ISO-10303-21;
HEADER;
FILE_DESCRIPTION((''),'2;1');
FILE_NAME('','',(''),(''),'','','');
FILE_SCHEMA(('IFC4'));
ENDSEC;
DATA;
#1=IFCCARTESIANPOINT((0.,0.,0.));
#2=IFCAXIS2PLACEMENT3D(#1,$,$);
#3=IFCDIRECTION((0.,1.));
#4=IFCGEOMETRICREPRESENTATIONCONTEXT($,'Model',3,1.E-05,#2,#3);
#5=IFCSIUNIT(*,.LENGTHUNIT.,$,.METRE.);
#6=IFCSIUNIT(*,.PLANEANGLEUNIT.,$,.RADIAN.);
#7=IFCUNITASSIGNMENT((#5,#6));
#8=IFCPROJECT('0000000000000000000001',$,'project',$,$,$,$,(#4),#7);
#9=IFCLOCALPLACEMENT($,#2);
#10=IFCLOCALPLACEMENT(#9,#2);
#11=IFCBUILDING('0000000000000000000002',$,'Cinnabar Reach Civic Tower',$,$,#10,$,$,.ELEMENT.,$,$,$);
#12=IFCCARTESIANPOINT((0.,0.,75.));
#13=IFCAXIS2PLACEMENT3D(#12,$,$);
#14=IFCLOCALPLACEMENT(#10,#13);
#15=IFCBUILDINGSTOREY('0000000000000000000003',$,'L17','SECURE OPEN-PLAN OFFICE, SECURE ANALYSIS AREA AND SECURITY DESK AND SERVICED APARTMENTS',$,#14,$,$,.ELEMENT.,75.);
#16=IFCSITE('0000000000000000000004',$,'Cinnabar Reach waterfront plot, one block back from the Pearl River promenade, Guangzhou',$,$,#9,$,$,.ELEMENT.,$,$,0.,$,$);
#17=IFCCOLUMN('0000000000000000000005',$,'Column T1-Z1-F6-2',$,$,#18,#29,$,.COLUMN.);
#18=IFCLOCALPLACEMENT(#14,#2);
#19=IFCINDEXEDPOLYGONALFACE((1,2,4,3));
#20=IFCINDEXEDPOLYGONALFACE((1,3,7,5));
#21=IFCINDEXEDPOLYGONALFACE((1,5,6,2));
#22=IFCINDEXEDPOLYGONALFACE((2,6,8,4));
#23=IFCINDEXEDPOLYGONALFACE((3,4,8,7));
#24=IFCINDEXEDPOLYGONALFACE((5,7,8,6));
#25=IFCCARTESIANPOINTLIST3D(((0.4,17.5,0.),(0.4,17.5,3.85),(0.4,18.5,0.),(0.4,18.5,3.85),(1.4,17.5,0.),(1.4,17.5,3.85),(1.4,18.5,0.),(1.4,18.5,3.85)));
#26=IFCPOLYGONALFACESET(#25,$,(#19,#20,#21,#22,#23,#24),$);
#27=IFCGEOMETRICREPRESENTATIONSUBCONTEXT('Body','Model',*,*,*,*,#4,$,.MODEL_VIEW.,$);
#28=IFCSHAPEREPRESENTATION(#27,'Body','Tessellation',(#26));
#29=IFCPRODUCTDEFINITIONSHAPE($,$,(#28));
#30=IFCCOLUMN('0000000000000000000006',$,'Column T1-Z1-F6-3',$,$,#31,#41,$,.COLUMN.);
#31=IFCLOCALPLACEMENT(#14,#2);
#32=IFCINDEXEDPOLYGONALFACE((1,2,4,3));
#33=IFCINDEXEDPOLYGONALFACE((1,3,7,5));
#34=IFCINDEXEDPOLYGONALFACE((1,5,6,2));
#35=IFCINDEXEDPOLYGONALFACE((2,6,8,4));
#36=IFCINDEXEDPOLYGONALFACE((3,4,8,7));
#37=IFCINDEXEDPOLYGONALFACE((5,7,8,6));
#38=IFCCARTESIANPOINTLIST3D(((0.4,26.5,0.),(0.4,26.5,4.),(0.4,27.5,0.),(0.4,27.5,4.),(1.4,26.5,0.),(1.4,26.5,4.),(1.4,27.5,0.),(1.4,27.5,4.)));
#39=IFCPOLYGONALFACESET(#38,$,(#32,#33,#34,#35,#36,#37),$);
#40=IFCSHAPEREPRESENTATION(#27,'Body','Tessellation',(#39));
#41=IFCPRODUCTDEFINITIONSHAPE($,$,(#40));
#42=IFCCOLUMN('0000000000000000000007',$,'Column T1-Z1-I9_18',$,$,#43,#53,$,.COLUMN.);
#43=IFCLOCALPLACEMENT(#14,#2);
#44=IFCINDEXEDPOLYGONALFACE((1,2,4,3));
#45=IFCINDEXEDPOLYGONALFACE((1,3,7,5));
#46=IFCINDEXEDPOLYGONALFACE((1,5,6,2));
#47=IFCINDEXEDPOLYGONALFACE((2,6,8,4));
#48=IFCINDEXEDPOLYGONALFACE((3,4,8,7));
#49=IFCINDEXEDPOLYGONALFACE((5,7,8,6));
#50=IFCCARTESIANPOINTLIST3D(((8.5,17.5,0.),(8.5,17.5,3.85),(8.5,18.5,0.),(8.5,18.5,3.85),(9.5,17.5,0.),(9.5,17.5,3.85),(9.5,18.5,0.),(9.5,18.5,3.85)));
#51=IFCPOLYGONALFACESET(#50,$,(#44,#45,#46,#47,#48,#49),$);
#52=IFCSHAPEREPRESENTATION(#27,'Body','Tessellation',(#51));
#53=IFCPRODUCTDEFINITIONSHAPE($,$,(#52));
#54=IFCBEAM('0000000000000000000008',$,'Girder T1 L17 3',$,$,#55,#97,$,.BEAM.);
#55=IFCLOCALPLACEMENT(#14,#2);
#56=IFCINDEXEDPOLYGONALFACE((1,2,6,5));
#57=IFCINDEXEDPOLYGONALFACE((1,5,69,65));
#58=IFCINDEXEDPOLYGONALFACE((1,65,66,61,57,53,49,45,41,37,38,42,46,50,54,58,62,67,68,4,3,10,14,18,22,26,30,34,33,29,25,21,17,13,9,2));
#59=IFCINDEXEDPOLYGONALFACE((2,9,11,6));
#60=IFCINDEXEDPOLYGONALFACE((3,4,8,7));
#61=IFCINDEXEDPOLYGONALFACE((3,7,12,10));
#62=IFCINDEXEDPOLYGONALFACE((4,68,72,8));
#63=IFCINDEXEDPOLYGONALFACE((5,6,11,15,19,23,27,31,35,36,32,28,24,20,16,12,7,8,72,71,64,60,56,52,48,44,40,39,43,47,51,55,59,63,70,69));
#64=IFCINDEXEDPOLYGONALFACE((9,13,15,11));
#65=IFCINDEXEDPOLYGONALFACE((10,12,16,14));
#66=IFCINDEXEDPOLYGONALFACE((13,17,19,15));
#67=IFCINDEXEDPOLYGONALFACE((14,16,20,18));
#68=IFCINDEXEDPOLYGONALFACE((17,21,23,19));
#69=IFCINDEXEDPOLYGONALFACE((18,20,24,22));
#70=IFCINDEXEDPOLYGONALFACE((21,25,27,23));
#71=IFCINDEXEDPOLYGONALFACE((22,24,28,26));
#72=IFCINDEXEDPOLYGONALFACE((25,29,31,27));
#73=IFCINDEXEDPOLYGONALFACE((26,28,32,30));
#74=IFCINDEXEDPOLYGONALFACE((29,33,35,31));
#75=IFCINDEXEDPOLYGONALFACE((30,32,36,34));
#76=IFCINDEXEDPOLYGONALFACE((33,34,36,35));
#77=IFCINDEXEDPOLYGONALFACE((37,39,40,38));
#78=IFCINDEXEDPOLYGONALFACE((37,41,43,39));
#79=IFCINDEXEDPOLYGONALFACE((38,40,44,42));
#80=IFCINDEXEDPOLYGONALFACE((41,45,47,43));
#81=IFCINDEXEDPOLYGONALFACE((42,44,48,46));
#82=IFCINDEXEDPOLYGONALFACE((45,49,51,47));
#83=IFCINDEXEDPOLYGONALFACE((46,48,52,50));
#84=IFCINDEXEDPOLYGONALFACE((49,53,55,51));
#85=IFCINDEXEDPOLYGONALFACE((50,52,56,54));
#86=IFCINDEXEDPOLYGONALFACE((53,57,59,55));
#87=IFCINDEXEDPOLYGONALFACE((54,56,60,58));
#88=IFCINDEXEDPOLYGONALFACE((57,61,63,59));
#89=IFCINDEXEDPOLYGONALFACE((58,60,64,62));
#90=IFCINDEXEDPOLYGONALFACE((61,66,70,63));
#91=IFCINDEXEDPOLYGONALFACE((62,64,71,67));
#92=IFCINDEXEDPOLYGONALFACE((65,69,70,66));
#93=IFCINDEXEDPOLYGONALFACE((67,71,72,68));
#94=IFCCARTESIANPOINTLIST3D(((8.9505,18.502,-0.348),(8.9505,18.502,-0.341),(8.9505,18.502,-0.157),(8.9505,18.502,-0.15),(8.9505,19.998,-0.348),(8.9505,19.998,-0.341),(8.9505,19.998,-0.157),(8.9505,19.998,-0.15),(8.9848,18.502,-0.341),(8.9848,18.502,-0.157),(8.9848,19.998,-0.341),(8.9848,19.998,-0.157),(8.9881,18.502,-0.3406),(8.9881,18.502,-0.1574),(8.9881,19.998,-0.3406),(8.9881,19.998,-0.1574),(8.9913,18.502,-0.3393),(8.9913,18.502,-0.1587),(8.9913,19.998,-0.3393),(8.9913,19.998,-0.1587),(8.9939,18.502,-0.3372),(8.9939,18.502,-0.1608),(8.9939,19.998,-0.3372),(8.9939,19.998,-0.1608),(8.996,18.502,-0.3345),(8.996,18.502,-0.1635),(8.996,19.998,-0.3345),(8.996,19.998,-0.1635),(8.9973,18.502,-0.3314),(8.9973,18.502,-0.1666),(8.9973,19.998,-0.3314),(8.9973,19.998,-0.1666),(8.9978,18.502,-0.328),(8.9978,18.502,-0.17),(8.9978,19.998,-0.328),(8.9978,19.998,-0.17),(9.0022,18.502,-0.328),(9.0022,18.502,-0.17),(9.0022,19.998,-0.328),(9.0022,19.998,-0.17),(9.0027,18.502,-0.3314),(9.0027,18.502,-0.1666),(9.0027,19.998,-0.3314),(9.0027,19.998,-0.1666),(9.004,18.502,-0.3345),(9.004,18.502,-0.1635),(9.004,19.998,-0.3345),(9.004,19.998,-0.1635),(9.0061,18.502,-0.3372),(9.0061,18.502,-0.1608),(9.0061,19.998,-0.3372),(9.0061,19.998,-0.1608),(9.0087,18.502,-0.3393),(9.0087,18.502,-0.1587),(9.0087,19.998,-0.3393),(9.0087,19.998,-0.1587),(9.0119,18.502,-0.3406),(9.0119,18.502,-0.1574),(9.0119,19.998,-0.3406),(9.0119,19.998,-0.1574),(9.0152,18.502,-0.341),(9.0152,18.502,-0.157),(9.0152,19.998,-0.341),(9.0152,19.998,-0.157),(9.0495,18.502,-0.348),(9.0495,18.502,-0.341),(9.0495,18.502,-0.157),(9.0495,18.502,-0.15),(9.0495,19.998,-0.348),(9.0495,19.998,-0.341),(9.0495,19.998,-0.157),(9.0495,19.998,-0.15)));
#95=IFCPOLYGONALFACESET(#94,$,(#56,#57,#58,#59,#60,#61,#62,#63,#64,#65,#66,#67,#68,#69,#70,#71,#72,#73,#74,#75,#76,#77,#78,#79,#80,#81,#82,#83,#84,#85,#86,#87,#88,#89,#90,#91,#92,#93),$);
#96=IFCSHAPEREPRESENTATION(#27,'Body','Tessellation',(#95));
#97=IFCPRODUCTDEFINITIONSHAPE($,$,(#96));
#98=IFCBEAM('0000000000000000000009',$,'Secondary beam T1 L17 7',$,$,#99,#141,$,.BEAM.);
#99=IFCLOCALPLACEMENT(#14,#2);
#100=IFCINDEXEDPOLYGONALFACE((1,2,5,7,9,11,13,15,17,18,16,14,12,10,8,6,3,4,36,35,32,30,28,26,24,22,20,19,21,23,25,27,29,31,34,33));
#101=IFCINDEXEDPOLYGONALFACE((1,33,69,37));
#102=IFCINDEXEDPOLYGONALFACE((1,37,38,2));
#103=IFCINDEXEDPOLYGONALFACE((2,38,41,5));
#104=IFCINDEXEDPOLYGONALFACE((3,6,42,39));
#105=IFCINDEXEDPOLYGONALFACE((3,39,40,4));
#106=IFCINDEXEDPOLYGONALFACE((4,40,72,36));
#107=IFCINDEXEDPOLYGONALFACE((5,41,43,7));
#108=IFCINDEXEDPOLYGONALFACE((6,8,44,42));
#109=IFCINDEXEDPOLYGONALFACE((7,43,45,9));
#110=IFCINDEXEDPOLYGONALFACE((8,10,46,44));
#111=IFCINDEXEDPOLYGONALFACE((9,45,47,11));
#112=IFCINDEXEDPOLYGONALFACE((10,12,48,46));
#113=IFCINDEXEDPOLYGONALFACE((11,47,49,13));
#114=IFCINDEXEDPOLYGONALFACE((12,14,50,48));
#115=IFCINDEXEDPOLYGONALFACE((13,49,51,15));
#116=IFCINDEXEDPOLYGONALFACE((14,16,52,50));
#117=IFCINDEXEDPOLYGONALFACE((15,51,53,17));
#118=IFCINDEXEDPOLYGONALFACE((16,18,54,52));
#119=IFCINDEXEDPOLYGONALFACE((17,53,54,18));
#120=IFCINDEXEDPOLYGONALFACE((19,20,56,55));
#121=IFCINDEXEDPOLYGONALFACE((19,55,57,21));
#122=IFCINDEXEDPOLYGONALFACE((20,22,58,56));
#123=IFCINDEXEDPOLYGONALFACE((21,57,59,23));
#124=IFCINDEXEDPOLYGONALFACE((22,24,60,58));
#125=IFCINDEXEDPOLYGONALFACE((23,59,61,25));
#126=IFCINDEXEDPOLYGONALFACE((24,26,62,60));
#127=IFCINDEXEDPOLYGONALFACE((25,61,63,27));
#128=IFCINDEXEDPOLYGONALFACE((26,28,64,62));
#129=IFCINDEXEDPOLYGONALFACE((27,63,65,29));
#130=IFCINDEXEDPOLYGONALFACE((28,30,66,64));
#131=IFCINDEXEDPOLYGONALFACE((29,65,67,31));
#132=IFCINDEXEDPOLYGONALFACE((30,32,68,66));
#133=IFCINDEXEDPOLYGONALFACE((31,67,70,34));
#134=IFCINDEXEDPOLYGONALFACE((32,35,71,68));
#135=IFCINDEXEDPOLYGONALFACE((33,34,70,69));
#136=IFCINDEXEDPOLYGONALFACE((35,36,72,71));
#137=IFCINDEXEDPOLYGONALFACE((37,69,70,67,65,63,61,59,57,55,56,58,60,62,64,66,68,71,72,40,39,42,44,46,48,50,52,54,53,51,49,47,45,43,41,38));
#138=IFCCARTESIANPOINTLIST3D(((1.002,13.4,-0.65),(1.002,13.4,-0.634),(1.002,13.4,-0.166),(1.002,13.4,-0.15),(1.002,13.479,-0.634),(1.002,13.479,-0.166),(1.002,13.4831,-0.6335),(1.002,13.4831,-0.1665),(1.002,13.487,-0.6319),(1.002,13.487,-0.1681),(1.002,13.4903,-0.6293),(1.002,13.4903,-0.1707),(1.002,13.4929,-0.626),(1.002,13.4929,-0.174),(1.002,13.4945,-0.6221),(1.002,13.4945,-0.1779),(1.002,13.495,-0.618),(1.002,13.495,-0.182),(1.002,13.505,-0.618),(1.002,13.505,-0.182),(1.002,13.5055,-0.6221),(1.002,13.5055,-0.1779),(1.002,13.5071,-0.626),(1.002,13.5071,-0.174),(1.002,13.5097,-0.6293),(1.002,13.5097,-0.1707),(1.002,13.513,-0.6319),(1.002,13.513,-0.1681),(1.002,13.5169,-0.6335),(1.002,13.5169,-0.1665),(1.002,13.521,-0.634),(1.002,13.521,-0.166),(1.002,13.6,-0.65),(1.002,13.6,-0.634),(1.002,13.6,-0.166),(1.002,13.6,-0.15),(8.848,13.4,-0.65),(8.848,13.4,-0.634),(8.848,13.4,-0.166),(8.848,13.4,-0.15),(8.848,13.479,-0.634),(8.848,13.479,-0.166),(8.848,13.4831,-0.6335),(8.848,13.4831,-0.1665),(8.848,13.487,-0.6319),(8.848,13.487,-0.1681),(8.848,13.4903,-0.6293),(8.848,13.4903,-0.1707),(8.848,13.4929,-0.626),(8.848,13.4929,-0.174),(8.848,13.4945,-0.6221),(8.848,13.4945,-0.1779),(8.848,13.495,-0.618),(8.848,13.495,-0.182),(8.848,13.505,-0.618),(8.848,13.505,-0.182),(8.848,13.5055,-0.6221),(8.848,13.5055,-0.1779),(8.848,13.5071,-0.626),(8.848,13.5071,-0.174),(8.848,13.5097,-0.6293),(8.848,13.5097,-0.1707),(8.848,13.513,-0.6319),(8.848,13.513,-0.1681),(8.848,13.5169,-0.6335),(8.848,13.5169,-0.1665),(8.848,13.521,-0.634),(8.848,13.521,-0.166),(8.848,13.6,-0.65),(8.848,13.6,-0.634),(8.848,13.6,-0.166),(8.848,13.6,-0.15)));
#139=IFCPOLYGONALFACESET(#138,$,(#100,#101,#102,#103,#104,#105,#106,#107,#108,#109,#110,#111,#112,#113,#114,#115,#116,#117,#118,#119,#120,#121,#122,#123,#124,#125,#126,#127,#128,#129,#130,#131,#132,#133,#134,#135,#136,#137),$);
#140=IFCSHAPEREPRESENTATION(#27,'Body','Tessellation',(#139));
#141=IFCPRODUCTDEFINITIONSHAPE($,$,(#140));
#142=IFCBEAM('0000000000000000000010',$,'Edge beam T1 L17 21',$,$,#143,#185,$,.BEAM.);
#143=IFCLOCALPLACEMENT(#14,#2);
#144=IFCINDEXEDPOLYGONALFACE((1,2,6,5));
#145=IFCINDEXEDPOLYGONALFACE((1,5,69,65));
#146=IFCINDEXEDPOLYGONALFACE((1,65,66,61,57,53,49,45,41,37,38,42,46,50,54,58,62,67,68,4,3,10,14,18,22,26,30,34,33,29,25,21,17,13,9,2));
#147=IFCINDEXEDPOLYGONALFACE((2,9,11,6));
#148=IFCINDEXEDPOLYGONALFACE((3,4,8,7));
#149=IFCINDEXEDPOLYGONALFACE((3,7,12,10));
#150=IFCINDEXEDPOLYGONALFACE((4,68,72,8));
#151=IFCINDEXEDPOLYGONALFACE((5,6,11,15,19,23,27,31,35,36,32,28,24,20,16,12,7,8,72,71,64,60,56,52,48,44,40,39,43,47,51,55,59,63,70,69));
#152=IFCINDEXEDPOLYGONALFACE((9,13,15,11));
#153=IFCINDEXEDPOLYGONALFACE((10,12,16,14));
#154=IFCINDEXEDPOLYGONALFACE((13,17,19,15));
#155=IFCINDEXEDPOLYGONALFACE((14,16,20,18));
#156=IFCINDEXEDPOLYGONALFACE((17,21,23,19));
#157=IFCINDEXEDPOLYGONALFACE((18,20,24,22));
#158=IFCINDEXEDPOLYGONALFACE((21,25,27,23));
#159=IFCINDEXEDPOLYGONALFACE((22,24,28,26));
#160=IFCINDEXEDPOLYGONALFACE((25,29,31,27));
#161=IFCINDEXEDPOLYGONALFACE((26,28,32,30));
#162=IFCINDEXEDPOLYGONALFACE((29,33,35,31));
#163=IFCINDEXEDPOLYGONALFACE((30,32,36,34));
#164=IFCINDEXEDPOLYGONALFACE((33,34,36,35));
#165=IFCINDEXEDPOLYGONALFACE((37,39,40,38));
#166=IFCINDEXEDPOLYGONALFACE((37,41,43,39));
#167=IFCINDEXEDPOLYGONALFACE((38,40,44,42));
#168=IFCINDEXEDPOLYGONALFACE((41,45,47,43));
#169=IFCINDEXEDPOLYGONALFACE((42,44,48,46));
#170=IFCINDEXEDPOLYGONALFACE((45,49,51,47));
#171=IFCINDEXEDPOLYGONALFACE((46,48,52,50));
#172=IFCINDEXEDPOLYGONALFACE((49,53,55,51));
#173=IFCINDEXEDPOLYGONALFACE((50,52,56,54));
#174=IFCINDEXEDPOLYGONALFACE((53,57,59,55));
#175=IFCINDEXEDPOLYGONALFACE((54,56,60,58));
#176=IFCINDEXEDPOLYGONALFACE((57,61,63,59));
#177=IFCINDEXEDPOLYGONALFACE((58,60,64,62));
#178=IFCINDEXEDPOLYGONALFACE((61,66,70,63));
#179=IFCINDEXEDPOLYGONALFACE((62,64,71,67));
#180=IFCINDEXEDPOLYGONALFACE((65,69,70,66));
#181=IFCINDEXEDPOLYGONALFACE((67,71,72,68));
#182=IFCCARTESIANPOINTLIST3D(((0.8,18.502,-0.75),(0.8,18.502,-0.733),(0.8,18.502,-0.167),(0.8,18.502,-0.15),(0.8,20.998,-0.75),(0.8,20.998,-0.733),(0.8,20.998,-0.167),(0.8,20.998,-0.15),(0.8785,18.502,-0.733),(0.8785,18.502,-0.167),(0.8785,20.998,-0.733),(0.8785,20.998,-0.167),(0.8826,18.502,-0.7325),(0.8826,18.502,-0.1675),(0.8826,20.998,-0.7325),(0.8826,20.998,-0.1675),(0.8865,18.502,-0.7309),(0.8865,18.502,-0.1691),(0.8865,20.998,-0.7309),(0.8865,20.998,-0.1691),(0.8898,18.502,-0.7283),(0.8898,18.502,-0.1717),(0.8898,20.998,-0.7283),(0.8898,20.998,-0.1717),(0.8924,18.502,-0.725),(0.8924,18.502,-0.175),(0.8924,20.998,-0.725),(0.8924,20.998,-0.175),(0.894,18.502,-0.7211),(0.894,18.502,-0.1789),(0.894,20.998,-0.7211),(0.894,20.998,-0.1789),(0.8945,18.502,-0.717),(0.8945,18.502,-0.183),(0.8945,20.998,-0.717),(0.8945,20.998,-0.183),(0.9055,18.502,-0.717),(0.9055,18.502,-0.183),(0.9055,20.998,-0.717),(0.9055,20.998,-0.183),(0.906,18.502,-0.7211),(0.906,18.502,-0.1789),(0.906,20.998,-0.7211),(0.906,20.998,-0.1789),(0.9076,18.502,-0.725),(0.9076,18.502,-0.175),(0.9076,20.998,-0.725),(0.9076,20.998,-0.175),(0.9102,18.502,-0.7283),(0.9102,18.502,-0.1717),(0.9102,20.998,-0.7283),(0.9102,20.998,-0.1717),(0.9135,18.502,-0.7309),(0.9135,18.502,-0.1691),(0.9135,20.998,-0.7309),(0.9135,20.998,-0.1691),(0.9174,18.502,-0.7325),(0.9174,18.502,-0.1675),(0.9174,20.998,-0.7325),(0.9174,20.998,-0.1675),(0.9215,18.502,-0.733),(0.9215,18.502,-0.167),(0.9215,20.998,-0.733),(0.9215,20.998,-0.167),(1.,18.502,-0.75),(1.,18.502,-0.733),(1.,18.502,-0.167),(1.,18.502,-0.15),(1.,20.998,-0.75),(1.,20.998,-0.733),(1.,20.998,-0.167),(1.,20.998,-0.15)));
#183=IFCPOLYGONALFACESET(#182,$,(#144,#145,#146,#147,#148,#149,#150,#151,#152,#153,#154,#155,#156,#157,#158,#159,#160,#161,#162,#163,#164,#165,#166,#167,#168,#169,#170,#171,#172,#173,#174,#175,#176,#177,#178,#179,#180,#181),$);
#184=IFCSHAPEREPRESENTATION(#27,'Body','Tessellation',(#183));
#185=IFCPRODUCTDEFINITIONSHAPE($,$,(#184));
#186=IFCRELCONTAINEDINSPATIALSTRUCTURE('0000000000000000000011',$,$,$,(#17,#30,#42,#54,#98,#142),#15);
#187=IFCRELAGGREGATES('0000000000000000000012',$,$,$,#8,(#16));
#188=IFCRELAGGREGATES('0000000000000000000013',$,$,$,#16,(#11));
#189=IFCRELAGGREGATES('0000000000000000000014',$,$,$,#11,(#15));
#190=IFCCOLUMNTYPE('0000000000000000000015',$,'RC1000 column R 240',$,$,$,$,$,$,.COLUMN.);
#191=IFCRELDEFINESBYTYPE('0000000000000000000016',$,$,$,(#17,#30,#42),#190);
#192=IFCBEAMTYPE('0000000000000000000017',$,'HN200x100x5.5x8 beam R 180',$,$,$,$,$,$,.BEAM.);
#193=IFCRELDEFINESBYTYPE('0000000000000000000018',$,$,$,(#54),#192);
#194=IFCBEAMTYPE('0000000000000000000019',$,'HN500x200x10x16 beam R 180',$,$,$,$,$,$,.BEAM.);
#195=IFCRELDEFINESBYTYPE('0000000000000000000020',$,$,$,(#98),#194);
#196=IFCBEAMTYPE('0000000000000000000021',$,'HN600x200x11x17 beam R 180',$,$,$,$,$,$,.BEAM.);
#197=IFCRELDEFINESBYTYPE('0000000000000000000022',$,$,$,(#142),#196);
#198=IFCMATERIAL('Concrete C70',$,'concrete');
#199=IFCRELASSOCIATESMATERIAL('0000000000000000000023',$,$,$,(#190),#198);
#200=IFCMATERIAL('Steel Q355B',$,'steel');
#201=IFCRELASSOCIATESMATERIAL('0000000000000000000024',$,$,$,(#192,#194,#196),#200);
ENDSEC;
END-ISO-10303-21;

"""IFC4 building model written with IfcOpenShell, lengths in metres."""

from ifc_helpers import new_model, si_unit, direction, frame, origin, origin_2d, place, context, subcontext, project, spatial, rectangle, i_section, extrude, material, material_profile, profile_set, type_object, element, save


model = new_model("IFC4")

# Units and contexts
model_context = context("Model", 3, precision=1e-05, world=origin(), true_north=direction((0.0, 1.0)))
body_context = subcontext(model_context, "Body", "Model", "MODEL_VIEW")
ifc_project = project(units=[si_unit("LENGTHUNIT", "METRE"), si_unit("PLANEANGLEUNIT", "RADIAN")], contexts=[model_context])

# Site, building, storey
site_placement = place(None, origin())
site = spatial("IfcSite", under=ifc_project, at=site_placement, Name="Cinnabar Reach waterfront plot, one block back from the Pearl River promenade, Guangzhou", CompositionType="ELEMENT", RefElevation=0.0)
building_placement = place(site_placement, origin())
building = spatial("IfcBuilding", under=site, at=building_placement, Name="Cinnabar Reach Civic Tower", CompositionType="ELEMENT")
storey_placement = place(building_placement, frame((0.0, 0.0, 75.0)))
storey = spatial("IfcBuildingStorey", under=building, at=storey_placement, Name="L17", Description="SECURE OPEN-PLAN OFFICE, SECURE ANALYSIS AREA AND SECURITY DESK AND SERVICED APARTMENTS", CompositionType="ELEMENT", Elevation=75.0)

# Columns
ifc_material_1 = material(Name="Concrete C70", Category="concrete")
ifc_material_profile_1 = material_profile(ifc_material_1, rectangle(XDim=1.0, YDim=1.0, at=origin_2d()), Name="RC1000")
ifc_profile_set_1 = profile_set([ifc_material_profile_1], Name="Concrete C70")
column_type = type_object("IfcColumnType", Name="RC1000 column R 240", PredefinedType="COLUMN", material=ifc_profile_set_1)
column_1_placement = place(storey_placement, frame((0.9, 18.0, 0.0), z_axis=(0.0, 0.0, 1.0), x_axis=(1.0, 0.0, 0.0)))
element("IfcColumn", 1, at=column_1_placement, inside=storey, type_object=column_type, Name="Column T1-Z1-F6-2", PredefinedType="COLUMN", context=body_context, shape_type="SweptSolid", body=[
    extrude(rectangle(XDim=1.0, YDim=1.0, at=origin_2d()), origin(), (0.0, 0.0, 1.0), 3.85),
])
column_2_placement = place(storey_placement, frame((0.9, 27.0, 0.0), z_axis=(0.0, 0.0, 1.0), x_axis=(1.0, 0.0, 0.0)))
element("IfcColumn", 2, at=column_2_placement, inside=storey, type_object=column_type, Name="Column T1-Z1-F6-3", PredefinedType="COLUMN", context=body_context, shape_type="SweptSolid", body=[
    extrude(rectangle(XDim=1.0, YDim=1.0, at=origin_2d()), origin(), (0.0, 0.0, 1.0), 4.0),
])
column_3_placement = place(storey_placement, frame((9.0, 18.0, 0.0), z_axis=(0.0, 0.0, 1.0), x_axis=(1.0, 0.0, 0.0)))
element("IfcColumn", 3, at=column_3_placement, inside=storey, type_object=column_type, Name="Column T1-Z1-I9_18", PredefinedType="COLUMN", context=body_context, shape_type="SweptSolid", body=[
    extrude(rectangle(XDim=1.0, YDim=1.0, at=origin_2d()), origin(), (0.0, 0.0, 1.0), 3.85),
])

# Beams
ifc_material_2 = material(Name="Steel Q355B", Category="steel")
ifc_material_profile_2 = material_profile(ifc_material_2, i_section(OverallWidth=0.099, OverallDepth=0.198, WebThickness=0.0045, FlangeThickness=0.007, FilletRadius=0.013, at=origin_2d()), Name="HN200x100x5.5x8")
ifc_profile_set_2 = profile_set([ifc_material_profile_2], Name="Steel Q355B")
beam_type_1 = type_object("IfcBeamType", Name="HN200x100x5.5x8 beam R 180", PredefinedType="BEAM", material=ifc_profile_set_2)
beam_1_placement = place(storey_placement, frame((9.0, 18.502, -0.249), z_axis=(0.0, 1.0, 0.0), x_axis=(-1.0, 0.0, 0.0)))
element("IfcBeam", 4, at=beam_1_placement, inside=storey, type_object=beam_type_1, Name="Girder T1 L17 3", PredefinedType="BEAM", context=body_context, shape_type="SweptSolid", body=[
    extrude(i_section(OverallWidth=0.099, OverallDepth=0.198, WebThickness=0.0045, FlangeThickness=0.007, FilletRadius=0.013, at=origin_2d()), origin(), (0.0, 0.0, 1.0), 1.496),
])
ifc_material_profile_3 = material_profile(ifc_material_2, i_section(OverallWidth=0.2, OverallDepth=0.5, WebThickness=0.01, FlangeThickness=0.016, FilletRadius=0.016, at=origin_2d()), Name="HN500x200x10x16")
ifc_profile_set_3 = profile_set([ifc_material_profile_3], Name="Steel Q355B")
beam_type_2 = type_object("IfcBeamType", Name="HN500x200x10x16 beam R 180", PredefinedType="BEAM", material=ifc_profile_set_3)
beam_2_placement = place(storey_placement, frame((1.002, 13.5, -0.4), z_axis=(1.0, 0.0, 0.0), x_axis=(0.0, 1.0, 0.0)))
element("IfcBeam", 5, at=beam_2_placement, inside=storey, type_object=beam_type_2, Name="Secondary beam T1 L17 7", PredefinedType="BEAM", context=body_context, shape_type="SweptSolid", body=[
    extrude(i_section(OverallWidth=0.2, OverallDepth=0.5, WebThickness=0.01, FlangeThickness=0.016, FilletRadius=0.016, at=origin_2d()), origin(), (0.0, 0.0, 1.0), 7.846),
])
ifc_material_profile_4 = material_profile(ifc_material_2, i_section(OverallWidth=0.2, OverallDepth=0.6, WebThickness=0.011, FlangeThickness=0.017, FilletRadius=0.016, at=origin_2d()), Name="HN600x200x11x17")
ifc_profile_set_4 = profile_set([ifc_material_profile_4], Name="Steel Q355B")
beam_type_3 = type_object("IfcBeamType", Name="HN600x200x11x17 beam R 180", PredefinedType="BEAM", material=ifc_profile_set_4)
beam_3_placement = place(storey_placement, frame((0.9, 20.998, -0.45), z_axis=(0.0, -1.0, 0.0), x_axis=(1.0, 0.0, 0.0)))
element("IfcBeam", 6, at=beam_3_placement, inside=storey, type_object=beam_type_3, Name="Edge beam T1 L17 21", PredefinedType="BEAM", context=body_context, shape_type="SweptSolid", body=[
    extrude(i_section(OverallWidth=0.2, OverallDepth=0.6, WebThickness=0.011, FlangeThickness=0.017, FilletRadius=0.016, at=origin_2d()), origin(), (0.0, 0.0, 1.0), 2.496),
])

save(model, "model.ifc")
